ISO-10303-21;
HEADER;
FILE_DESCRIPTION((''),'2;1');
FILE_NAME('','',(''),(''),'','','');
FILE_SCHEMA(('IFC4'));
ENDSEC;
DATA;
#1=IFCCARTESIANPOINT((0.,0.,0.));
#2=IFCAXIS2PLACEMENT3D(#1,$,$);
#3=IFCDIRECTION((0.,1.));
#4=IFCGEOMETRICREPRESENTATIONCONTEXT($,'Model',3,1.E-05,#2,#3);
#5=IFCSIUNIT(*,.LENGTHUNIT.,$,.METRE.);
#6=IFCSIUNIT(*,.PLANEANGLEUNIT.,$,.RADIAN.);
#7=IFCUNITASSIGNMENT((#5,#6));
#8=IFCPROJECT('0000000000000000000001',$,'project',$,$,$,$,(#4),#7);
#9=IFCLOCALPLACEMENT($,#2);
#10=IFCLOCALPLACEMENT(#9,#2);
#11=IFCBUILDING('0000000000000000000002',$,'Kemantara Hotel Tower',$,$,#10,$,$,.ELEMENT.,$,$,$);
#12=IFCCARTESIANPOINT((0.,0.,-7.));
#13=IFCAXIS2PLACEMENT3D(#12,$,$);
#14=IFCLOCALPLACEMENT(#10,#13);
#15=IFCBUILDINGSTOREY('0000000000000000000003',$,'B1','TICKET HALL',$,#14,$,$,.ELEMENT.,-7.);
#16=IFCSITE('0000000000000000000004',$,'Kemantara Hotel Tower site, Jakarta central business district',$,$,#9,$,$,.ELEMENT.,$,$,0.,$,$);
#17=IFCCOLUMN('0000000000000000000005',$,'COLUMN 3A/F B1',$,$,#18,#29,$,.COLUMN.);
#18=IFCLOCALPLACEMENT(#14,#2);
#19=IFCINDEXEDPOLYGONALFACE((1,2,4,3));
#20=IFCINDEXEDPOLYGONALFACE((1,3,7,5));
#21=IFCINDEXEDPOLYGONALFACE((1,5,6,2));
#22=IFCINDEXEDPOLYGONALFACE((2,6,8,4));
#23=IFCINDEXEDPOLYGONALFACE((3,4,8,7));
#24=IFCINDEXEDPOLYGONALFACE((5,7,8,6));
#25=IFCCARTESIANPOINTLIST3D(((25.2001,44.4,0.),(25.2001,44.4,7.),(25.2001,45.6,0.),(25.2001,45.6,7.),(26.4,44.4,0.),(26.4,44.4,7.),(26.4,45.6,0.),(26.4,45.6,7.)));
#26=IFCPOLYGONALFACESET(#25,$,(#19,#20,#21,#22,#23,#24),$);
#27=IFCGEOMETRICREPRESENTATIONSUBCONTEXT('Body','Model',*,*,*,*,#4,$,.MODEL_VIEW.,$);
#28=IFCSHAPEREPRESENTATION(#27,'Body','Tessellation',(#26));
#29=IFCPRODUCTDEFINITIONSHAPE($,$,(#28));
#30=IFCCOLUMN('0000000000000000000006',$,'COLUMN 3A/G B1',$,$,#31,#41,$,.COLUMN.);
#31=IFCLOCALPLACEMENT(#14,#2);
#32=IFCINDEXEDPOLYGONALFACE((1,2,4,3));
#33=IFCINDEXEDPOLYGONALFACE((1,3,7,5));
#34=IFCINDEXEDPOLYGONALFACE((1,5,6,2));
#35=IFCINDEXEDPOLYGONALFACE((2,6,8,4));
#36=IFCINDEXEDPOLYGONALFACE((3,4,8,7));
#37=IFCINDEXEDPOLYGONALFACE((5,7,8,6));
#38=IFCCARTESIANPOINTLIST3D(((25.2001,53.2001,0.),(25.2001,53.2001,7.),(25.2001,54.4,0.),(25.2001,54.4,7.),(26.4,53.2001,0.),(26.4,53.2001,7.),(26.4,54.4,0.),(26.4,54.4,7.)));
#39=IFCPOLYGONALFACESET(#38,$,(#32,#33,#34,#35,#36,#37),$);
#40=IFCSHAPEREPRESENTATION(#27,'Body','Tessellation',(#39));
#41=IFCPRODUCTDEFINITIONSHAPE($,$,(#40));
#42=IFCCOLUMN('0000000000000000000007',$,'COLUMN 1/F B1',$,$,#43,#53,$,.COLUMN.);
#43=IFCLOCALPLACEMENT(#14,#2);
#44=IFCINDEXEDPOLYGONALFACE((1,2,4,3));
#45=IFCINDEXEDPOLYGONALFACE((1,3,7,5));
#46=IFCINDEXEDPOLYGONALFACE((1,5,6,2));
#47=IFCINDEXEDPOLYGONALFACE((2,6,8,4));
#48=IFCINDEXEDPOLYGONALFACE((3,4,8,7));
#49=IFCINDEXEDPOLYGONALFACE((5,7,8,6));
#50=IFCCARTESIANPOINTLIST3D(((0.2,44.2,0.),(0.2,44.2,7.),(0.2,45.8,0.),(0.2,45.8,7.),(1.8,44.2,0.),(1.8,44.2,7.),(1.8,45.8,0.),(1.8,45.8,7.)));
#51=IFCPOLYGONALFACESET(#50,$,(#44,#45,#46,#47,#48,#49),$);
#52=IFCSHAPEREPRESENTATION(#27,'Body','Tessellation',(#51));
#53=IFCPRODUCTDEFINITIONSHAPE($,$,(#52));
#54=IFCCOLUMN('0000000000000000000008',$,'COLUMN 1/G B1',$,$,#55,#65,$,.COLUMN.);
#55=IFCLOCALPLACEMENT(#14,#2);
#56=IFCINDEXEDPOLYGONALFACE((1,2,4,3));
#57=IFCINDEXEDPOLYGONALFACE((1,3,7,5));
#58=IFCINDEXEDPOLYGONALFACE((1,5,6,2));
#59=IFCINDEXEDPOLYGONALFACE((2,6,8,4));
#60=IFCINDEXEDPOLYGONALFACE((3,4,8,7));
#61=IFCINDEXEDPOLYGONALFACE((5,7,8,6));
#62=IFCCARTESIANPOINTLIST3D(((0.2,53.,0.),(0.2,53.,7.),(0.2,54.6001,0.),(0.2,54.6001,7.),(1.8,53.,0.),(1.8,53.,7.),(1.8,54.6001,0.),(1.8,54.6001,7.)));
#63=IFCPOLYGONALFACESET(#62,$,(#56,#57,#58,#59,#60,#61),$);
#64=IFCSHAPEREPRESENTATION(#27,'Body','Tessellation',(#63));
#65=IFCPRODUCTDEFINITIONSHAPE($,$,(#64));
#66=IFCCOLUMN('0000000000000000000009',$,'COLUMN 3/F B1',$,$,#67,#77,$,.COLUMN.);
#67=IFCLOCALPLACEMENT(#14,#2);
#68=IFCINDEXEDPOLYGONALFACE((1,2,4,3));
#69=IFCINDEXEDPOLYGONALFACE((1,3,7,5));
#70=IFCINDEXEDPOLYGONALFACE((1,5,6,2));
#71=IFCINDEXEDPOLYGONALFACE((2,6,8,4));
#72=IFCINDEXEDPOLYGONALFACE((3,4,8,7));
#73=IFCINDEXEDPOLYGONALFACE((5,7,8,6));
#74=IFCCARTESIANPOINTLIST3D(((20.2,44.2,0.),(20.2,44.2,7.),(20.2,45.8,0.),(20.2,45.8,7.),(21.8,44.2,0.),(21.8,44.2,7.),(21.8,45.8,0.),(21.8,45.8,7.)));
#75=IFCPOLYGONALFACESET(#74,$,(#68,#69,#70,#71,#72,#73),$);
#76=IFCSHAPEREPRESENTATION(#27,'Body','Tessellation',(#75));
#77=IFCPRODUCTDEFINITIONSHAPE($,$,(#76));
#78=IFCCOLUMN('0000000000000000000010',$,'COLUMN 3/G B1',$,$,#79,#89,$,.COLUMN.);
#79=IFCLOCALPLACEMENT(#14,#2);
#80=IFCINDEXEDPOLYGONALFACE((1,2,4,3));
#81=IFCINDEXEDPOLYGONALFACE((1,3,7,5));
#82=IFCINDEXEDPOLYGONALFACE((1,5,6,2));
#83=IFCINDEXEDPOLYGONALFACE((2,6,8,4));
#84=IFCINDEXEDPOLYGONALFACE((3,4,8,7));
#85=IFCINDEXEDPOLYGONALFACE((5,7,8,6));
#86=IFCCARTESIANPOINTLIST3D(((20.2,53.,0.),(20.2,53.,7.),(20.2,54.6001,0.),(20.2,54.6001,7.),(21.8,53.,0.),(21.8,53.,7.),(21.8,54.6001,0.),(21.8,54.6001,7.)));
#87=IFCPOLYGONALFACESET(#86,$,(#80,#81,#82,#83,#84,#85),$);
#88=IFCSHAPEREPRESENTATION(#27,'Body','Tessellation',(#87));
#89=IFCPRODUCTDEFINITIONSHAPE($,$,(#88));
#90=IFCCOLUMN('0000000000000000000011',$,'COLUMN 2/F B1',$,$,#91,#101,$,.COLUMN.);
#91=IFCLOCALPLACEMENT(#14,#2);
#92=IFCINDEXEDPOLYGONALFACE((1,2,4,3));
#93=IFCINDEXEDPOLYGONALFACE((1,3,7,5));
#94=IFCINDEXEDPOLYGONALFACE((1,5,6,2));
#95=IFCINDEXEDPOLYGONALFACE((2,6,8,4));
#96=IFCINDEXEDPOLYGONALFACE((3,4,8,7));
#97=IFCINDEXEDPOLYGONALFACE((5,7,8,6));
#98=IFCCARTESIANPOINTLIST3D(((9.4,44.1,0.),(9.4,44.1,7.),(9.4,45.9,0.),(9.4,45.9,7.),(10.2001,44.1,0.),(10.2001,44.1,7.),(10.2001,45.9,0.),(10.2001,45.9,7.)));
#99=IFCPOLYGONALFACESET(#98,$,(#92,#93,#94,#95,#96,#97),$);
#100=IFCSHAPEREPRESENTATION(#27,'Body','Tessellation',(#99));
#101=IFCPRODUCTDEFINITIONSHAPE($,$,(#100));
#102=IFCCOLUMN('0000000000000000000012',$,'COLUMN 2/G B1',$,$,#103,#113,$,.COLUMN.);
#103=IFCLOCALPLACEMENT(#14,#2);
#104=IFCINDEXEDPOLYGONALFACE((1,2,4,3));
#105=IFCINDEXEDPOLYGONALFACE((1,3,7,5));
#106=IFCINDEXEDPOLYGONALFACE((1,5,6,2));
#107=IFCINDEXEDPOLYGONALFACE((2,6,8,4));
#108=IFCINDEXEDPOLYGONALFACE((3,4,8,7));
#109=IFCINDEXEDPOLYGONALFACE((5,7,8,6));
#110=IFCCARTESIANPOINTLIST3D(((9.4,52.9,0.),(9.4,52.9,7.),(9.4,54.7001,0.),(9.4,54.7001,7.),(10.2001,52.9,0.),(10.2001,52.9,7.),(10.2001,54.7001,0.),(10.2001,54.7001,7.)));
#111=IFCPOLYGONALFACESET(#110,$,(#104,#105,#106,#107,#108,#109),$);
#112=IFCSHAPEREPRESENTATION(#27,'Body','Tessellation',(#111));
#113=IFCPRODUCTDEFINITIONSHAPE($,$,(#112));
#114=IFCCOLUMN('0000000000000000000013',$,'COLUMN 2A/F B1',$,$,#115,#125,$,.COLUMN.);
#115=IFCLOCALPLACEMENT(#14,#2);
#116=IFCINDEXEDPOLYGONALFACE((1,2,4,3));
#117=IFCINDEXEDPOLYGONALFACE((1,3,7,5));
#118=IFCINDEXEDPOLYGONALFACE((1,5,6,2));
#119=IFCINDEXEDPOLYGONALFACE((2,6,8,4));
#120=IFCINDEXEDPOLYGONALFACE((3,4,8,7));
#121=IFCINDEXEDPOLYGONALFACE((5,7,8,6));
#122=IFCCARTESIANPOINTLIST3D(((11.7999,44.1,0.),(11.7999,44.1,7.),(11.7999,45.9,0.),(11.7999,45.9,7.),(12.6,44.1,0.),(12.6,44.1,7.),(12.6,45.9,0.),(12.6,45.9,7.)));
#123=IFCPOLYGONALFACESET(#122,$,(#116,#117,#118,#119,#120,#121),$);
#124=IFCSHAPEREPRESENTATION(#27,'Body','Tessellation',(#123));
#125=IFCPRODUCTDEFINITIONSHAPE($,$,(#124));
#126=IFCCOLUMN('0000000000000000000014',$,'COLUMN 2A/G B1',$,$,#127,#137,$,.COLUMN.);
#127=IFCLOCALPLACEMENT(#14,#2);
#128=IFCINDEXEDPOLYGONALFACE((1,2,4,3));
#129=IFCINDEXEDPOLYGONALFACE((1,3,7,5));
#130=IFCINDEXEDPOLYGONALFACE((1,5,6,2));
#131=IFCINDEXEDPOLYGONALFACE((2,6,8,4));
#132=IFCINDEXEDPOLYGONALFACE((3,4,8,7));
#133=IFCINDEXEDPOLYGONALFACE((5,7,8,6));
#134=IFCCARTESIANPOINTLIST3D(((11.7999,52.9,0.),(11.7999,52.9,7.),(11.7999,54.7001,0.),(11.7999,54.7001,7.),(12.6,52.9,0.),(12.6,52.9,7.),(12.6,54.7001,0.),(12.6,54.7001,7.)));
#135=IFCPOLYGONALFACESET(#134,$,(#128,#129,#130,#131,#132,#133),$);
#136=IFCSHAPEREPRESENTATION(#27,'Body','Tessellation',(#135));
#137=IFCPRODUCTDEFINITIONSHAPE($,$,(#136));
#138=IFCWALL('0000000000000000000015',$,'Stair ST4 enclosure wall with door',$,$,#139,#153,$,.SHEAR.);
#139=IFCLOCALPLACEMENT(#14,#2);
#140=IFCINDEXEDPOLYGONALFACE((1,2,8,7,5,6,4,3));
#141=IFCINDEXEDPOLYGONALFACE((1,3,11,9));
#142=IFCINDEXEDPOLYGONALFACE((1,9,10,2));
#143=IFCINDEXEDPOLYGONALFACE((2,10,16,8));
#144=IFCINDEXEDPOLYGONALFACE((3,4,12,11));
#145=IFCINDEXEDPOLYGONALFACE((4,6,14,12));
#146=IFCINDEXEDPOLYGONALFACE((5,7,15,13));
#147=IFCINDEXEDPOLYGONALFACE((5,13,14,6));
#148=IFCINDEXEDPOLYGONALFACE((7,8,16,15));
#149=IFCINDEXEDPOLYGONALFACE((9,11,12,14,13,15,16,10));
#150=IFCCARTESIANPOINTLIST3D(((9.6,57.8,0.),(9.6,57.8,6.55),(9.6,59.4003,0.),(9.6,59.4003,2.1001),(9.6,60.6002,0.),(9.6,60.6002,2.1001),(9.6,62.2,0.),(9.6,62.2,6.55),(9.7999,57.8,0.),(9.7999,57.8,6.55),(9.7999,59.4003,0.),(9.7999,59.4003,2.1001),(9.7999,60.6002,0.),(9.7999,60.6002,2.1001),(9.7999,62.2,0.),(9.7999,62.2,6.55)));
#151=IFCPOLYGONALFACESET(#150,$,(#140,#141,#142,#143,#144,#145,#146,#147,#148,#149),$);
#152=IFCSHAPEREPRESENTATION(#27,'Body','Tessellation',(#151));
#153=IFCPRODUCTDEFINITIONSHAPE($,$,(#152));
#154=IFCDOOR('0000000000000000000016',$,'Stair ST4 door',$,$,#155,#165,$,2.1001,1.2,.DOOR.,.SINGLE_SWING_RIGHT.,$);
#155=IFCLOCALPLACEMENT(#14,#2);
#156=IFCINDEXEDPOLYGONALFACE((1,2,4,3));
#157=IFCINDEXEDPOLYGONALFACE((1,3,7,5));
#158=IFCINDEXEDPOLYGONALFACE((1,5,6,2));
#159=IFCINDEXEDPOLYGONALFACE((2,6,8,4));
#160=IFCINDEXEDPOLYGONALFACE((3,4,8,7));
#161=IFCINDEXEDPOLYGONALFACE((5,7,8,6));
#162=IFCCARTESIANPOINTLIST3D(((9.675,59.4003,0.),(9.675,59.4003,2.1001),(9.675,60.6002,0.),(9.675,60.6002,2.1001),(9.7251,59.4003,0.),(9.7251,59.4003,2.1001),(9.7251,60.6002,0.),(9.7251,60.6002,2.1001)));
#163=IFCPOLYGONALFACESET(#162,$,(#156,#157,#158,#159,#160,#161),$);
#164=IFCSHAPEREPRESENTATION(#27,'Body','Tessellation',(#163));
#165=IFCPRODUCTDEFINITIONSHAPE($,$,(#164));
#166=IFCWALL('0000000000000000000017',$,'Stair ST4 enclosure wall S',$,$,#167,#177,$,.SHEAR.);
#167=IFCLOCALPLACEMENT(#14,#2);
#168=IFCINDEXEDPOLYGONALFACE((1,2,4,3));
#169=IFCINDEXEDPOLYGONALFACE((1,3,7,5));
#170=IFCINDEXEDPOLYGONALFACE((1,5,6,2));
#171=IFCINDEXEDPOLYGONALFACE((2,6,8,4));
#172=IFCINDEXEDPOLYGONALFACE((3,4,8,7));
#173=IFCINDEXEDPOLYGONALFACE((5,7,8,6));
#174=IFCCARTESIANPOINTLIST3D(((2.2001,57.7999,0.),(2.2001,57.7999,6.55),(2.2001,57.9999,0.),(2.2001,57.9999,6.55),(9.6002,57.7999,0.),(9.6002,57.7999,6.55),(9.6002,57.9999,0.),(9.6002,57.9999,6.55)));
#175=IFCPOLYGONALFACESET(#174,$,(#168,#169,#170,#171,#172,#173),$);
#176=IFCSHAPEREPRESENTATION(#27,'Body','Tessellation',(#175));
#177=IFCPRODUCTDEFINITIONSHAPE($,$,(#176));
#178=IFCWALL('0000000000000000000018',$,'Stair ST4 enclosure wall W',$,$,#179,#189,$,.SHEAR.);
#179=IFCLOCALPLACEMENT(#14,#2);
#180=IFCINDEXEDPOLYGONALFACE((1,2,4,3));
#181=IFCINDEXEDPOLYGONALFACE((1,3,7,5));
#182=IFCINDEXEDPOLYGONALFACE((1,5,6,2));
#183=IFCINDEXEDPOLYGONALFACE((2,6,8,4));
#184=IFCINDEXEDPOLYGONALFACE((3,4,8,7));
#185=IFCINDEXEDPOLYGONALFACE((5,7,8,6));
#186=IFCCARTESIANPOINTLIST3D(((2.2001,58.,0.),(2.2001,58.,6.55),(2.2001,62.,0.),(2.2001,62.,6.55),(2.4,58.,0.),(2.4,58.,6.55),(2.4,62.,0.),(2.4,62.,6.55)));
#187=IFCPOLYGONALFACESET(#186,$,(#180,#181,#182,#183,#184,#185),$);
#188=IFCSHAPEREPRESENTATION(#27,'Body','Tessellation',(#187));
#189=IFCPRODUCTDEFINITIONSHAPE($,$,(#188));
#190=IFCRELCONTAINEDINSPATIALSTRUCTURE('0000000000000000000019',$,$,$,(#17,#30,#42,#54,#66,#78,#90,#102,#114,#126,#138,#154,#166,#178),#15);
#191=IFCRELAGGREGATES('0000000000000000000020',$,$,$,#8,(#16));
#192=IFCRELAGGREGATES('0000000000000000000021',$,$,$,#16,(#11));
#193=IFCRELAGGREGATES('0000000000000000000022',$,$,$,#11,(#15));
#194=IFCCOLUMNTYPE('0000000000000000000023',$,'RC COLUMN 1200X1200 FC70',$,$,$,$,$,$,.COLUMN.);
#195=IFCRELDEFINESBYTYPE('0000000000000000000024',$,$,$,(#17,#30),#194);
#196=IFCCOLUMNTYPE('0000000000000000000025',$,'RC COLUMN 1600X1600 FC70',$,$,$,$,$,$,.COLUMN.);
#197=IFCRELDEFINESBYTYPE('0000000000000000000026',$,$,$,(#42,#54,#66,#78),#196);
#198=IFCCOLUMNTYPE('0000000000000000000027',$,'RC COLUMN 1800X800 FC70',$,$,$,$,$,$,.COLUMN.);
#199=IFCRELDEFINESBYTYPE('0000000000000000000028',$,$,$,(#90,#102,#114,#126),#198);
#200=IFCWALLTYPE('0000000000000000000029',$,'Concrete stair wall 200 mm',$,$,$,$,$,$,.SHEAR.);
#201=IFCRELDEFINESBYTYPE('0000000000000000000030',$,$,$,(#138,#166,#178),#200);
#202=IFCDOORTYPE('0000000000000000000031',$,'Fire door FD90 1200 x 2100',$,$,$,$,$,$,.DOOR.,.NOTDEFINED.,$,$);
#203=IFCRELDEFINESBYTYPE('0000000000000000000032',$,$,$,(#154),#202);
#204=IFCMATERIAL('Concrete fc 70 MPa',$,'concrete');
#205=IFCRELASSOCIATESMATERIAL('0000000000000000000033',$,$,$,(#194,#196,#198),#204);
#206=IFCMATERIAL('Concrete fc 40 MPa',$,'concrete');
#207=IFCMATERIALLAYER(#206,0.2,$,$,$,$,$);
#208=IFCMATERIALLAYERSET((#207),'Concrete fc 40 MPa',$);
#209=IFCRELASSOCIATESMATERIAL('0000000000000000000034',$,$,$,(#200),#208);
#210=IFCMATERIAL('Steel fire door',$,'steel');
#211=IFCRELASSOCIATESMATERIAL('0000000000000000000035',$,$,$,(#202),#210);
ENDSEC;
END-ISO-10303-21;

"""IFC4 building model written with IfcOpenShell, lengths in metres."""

from ifc_helpers import new_model, si_unit, direction, frame, frame_2d, origin, origin_2d, place, context, subcontext, project, spatial, rectangle, extrude, material, layer, layer_set, material_profile, profile_set, type_object, element, fill, save


model = new_model("IFC4")

# Units and contexts
model_context = context("Model", 3, precision=1e-05, world=origin(), true_north=direction((0.0, 1.0)))
body_context = subcontext(model_context, "Body", "Model", "MODEL_VIEW")
ifc_project = project(units=[si_unit("LENGTHUNIT", "METRE"), si_unit("PLANEANGLEUNIT", "RADIAN")], contexts=[model_context])

# Site, building, storey
site_placement = place(None, origin())
site = spatial("IfcSite", under=ifc_project, at=site_placement, Name="Kemantara Hotel Tower site, Jakarta central business district", CompositionType="ELEMENT", RefElevation=0.0)
building_placement = place(site_placement, origin())
building = spatial("IfcBuilding", under=site, at=building_placement, Name="Kemantara Hotel Tower", CompositionType="ELEMENT")
storey_placement = place(building_placement, frame((0.0, 0.0, -7.0)))
storey = spatial("IfcBuildingStorey", under=building, at=storey_placement, Name="B1", Description="TICKET HALL", CompositionType="ELEMENT", Elevation=-7.0)

# Columns
ifc_material_1 = material(Name="Concrete fc 70 MPa", Category="concrete")
ifc_material_profile_1 = material_profile(ifc_material_1, rectangle(XDim=1.2, YDim=1.2, at=origin_2d()), Name="RC 1200X1200")
ifc_profile_set_1 = profile_set([ifc_material_profile_1], Name="Concrete fc 70 MPa")
column_type_1 = type_object("IfcColumnType", Name="RC COLUMN 1200X1200 FC70", PredefinedType="COLUMN", material=ifc_profile_set_1)
for number, where, z_axis, x_axis, name in (
    (1, (25.8, 45.0, 0.0), (0.0, 0.0, 1.0), (1.0, 0.0, 0.0), "COLUMN 3A/F B1"),
    (2, (25.8, 53.8, 0.0), (0.0, 0.0, 1.0), (1.0, 0.0, 0.0), "COLUMN 3A/G B1"),
):
    element("IfcColumn", number, at=place(storey_placement, frame(where, z_axis=z_axis, x_axis=x_axis)), inside=storey, type_object=column_type_1, Name=name, PredefinedType="COLUMN", context=body_context, shape_type="SweptSolid", body=[
        extrude(rectangle(XDim=1.2, YDim=1.2, at=origin_2d()), origin(), (0.0, 0.0, 1.0), 7.0),
    ])
ifc_material_profile_2 = material_profile(ifc_material_1, rectangle(XDim=1.6001, YDim=1.6001, at=origin_2d()), Name="RC 1600X1600")
ifc_profile_set_2 = profile_set([ifc_material_profile_2], Name="Concrete fc 70 MPa")
column_type_2 = type_object("IfcColumnType", Name="RC COLUMN 1600X1600 FC70", PredefinedType="COLUMN", material=ifc_profile_set_2)
for number, where, z_axis, x_axis, name in (
    (3, (1.0, 45.0, 0.0), (0.0, 0.0, 1.0), (1.0, 0.0, 0.0), "COLUMN 1/F B1"),
    (4, (1.0, 53.8, 0.0), (0.0, 0.0, 1.0), (1.0, 0.0, 0.0), "COLUMN 1/G B1"),
    (5, (21.0, 45.0, 0.0), (0.0, 0.0, 1.0), (1.0, 0.0, 0.0), "COLUMN 3/F B1"),
    (6, (21.0, 53.8, 0.0), (0.0, 0.0, 1.0), (1.0, 0.0, 0.0), "COLUMN 3/G B1"),
):
    element("IfcColumn", number, at=place(storey_placement, frame(where, z_axis=z_axis, x_axis=x_axis)), inside=storey, type_object=column_type_2, Name=name, PredefinedType="COLUMN", context=body_context, shape_type="SweptSolid", body=[
        extrude(rectangle(XDim=1.6001, YDim=1.6001, at=origin_2d()), origin(), (0.0, 0.0, 1.0), 7.0),
    ])
ifc_material_profile_3 = material_profile(ifc_material_1, rectangle(XDim=1.8, YDim=0.8, at=origin_2d()), Name="RC 1800X800")
ifc_profile_set_3 = profile_set([ifc_material_profile_3], Name="Concrete fc 70 MPa")
column_type_3 = type_object("IfcColumnType", Name="RC COLUMN 1800X800 FC70", PredefinedType="COLUMN", material=ifc_profile_set_3)
for number, where, z_axis, x_axis, name in (
    (7, (9.8, 45.0, 0.0), (0.0, 0.0, 1.0), (0.0, 1.0, 0.0), "COLUMN 2/F B1"),
    (8, (9.8, 53.8, 0.0), (0.0, 0.0, 1.0), (0.0, 1.0, 0.0), "COLUMN 2/G B1"),
    (9, (12.2, 45.0, 0.0), (0.0, 0.0, 1.0), (0.0, 1.0, 0.0), "COLUMN 2A/F B1"),
    (10, (12.2, 53.8, 0.0), (0.0, 0.0, 1.0), (0.0, 1.0, 0.0), "COLUMN 2A/G B1"),
):
    element("IfcColumn", number, at=place(storey_placement, frame(where, z_axis=z_axis, x_axis=x_axis)), inside=storey, type_object=column_type_3, Name=name, PredefinedType="COLUMN", context=body_context, shape_type="SweptSolid", body=[
        extrude(rectangle(XDim=1.8, YDim=0.8, at=origin_2d()), origin(), (0.0, 0.0, 1.0), 7.0),
    ])

# Wall, opening, door
ifc_material_2 = material(Name="Concrete fc 40 MPa", Category="concrete")
ifc_layer_1 = layer(ifc_material_2, 0.2)
ifc_layer_set_1 = layer_set([ifc_layer_1], Name="Concrete fc 40 MPa")
wall_type_1 = type_object("IfcWallType", Name="Concrete stair wall 200 mm", PredefinedType="SHEAR", material=ifc_layer_set_1)
wall_1_placement = place(storey_placement, frame((9.7, 57.8, 0.0), z_axis=(0.0, 0.0, 1.0), x_axis=(0.0, 1.0, 0.0)))
wall_1 = element("IfcWall", 11, at=wall_1_placement, inside=storey, type_object=wall_type_1, Name="Stair ST4 enclosure wall with door", PredefinedType="SHEAR", context=body_context, shape_type="SweptSolid", body=[
    extrude(rectangle(XDim=4.3999, YDim=0.2, at=frame_2d((2.2, 0.0))), origin(), (0.0, 0.0, 1.0), 6.55),
])
opening_1_placement = place(wall_1_placement, frame((1.6001, 0.0, 0.0)))
opening_1 = element("IfcOpeningElement", 12, at=opening_1_placement, cuts=wall_1, PredefinedType="OPENING", context=body_context, shape_type="SweptSolid", body=[
    extrude(rectangle(XDim=1.2, YDim=2.1001, at=frame_2d((0.6001, 1.05))), frame((0.0, 0.1099, 0.0), z_axis=(0.0, -1.0, 0.0), x_axis=(1.0, 0.0, 0.0)), (0.0, 0.0, 1.0), 0.22),
])
ifc_material_3 = material(Name="Steel fire door", Category="steel")
door_type_1 = type_object("IfcDoorType", Name="Fire door FD90 1200 x 2100", OperationType="NOTDEFINED", PredefinedType="DOOR", material=ifc_material_3)
door_1_placement = place(opening_1_placement, origin())
door_1 = element("IfcDoor", 13, at=door_1_placement, inside=storey, type_object=door_type_1, Name="Stair ST4 door", OperationType="SINGLE_SWING_RIGHT", OverallHeight=2.1001, OverallWidth=1.2, PredefinedType="DOOR", context=body_context, shape_type="SweptSolid", body=[
    extrude(rectangle(XDim=1.2, YDim=2.1001, at=frame_2d((0.6001, 1.05))), frame((0.0, 0.0249, 0.0), z_axis=(0.0, -1.0, 0.0), x_axis=(1.0, 0.0, 0.0)), (0.0, 0.0, 1.0), 0.05),
])
fill(opening_1, door_1)

# Walls
wall_2_placement = place(storey_placement, frame((2.2, 57.8999, 0.0), z_axis=(0.0, 0.0, 1.0), x_axis=(1.0, 0.0, 0.0)))
element("IfcWall", 14, at=wall_2_placement, inside=storey, type_object=wall_type_1, Name="Stair ST4 enclosure wall S", PredefinedType="SHEAR", context=body_context, shape_type="SweptSolid", body=[
    extrude(rectangle(XDim=7.4001, YDim=0.2, at=frame_2d((3.7002, 0.0))), origin(), (0.0, 0.0, 1.0), 6.55),
])
wall_3_placement = place(storey_placement, frame((2.3, 58.0, 0.0), z_axis=(0.0, 0.0, 1.0), x_axis=(0.0, 1.0, 0.0)))
element("IfcWall", 15, at=wall_3_placement, inside=storey, type_object=wall_type_1, Name="Stair ST4 enclosure wall W", PredefinedType="SHEAR", context=body_context, shape_type="SweptSolid", body=[
    extrude(rectangle(XDim=4.0, YDim=0.2, at=frame_2d((2.0, 0.0))), origin(), (0.0, 0.0, 1.0), 6.55),
])

save(model, "model.ifc")
